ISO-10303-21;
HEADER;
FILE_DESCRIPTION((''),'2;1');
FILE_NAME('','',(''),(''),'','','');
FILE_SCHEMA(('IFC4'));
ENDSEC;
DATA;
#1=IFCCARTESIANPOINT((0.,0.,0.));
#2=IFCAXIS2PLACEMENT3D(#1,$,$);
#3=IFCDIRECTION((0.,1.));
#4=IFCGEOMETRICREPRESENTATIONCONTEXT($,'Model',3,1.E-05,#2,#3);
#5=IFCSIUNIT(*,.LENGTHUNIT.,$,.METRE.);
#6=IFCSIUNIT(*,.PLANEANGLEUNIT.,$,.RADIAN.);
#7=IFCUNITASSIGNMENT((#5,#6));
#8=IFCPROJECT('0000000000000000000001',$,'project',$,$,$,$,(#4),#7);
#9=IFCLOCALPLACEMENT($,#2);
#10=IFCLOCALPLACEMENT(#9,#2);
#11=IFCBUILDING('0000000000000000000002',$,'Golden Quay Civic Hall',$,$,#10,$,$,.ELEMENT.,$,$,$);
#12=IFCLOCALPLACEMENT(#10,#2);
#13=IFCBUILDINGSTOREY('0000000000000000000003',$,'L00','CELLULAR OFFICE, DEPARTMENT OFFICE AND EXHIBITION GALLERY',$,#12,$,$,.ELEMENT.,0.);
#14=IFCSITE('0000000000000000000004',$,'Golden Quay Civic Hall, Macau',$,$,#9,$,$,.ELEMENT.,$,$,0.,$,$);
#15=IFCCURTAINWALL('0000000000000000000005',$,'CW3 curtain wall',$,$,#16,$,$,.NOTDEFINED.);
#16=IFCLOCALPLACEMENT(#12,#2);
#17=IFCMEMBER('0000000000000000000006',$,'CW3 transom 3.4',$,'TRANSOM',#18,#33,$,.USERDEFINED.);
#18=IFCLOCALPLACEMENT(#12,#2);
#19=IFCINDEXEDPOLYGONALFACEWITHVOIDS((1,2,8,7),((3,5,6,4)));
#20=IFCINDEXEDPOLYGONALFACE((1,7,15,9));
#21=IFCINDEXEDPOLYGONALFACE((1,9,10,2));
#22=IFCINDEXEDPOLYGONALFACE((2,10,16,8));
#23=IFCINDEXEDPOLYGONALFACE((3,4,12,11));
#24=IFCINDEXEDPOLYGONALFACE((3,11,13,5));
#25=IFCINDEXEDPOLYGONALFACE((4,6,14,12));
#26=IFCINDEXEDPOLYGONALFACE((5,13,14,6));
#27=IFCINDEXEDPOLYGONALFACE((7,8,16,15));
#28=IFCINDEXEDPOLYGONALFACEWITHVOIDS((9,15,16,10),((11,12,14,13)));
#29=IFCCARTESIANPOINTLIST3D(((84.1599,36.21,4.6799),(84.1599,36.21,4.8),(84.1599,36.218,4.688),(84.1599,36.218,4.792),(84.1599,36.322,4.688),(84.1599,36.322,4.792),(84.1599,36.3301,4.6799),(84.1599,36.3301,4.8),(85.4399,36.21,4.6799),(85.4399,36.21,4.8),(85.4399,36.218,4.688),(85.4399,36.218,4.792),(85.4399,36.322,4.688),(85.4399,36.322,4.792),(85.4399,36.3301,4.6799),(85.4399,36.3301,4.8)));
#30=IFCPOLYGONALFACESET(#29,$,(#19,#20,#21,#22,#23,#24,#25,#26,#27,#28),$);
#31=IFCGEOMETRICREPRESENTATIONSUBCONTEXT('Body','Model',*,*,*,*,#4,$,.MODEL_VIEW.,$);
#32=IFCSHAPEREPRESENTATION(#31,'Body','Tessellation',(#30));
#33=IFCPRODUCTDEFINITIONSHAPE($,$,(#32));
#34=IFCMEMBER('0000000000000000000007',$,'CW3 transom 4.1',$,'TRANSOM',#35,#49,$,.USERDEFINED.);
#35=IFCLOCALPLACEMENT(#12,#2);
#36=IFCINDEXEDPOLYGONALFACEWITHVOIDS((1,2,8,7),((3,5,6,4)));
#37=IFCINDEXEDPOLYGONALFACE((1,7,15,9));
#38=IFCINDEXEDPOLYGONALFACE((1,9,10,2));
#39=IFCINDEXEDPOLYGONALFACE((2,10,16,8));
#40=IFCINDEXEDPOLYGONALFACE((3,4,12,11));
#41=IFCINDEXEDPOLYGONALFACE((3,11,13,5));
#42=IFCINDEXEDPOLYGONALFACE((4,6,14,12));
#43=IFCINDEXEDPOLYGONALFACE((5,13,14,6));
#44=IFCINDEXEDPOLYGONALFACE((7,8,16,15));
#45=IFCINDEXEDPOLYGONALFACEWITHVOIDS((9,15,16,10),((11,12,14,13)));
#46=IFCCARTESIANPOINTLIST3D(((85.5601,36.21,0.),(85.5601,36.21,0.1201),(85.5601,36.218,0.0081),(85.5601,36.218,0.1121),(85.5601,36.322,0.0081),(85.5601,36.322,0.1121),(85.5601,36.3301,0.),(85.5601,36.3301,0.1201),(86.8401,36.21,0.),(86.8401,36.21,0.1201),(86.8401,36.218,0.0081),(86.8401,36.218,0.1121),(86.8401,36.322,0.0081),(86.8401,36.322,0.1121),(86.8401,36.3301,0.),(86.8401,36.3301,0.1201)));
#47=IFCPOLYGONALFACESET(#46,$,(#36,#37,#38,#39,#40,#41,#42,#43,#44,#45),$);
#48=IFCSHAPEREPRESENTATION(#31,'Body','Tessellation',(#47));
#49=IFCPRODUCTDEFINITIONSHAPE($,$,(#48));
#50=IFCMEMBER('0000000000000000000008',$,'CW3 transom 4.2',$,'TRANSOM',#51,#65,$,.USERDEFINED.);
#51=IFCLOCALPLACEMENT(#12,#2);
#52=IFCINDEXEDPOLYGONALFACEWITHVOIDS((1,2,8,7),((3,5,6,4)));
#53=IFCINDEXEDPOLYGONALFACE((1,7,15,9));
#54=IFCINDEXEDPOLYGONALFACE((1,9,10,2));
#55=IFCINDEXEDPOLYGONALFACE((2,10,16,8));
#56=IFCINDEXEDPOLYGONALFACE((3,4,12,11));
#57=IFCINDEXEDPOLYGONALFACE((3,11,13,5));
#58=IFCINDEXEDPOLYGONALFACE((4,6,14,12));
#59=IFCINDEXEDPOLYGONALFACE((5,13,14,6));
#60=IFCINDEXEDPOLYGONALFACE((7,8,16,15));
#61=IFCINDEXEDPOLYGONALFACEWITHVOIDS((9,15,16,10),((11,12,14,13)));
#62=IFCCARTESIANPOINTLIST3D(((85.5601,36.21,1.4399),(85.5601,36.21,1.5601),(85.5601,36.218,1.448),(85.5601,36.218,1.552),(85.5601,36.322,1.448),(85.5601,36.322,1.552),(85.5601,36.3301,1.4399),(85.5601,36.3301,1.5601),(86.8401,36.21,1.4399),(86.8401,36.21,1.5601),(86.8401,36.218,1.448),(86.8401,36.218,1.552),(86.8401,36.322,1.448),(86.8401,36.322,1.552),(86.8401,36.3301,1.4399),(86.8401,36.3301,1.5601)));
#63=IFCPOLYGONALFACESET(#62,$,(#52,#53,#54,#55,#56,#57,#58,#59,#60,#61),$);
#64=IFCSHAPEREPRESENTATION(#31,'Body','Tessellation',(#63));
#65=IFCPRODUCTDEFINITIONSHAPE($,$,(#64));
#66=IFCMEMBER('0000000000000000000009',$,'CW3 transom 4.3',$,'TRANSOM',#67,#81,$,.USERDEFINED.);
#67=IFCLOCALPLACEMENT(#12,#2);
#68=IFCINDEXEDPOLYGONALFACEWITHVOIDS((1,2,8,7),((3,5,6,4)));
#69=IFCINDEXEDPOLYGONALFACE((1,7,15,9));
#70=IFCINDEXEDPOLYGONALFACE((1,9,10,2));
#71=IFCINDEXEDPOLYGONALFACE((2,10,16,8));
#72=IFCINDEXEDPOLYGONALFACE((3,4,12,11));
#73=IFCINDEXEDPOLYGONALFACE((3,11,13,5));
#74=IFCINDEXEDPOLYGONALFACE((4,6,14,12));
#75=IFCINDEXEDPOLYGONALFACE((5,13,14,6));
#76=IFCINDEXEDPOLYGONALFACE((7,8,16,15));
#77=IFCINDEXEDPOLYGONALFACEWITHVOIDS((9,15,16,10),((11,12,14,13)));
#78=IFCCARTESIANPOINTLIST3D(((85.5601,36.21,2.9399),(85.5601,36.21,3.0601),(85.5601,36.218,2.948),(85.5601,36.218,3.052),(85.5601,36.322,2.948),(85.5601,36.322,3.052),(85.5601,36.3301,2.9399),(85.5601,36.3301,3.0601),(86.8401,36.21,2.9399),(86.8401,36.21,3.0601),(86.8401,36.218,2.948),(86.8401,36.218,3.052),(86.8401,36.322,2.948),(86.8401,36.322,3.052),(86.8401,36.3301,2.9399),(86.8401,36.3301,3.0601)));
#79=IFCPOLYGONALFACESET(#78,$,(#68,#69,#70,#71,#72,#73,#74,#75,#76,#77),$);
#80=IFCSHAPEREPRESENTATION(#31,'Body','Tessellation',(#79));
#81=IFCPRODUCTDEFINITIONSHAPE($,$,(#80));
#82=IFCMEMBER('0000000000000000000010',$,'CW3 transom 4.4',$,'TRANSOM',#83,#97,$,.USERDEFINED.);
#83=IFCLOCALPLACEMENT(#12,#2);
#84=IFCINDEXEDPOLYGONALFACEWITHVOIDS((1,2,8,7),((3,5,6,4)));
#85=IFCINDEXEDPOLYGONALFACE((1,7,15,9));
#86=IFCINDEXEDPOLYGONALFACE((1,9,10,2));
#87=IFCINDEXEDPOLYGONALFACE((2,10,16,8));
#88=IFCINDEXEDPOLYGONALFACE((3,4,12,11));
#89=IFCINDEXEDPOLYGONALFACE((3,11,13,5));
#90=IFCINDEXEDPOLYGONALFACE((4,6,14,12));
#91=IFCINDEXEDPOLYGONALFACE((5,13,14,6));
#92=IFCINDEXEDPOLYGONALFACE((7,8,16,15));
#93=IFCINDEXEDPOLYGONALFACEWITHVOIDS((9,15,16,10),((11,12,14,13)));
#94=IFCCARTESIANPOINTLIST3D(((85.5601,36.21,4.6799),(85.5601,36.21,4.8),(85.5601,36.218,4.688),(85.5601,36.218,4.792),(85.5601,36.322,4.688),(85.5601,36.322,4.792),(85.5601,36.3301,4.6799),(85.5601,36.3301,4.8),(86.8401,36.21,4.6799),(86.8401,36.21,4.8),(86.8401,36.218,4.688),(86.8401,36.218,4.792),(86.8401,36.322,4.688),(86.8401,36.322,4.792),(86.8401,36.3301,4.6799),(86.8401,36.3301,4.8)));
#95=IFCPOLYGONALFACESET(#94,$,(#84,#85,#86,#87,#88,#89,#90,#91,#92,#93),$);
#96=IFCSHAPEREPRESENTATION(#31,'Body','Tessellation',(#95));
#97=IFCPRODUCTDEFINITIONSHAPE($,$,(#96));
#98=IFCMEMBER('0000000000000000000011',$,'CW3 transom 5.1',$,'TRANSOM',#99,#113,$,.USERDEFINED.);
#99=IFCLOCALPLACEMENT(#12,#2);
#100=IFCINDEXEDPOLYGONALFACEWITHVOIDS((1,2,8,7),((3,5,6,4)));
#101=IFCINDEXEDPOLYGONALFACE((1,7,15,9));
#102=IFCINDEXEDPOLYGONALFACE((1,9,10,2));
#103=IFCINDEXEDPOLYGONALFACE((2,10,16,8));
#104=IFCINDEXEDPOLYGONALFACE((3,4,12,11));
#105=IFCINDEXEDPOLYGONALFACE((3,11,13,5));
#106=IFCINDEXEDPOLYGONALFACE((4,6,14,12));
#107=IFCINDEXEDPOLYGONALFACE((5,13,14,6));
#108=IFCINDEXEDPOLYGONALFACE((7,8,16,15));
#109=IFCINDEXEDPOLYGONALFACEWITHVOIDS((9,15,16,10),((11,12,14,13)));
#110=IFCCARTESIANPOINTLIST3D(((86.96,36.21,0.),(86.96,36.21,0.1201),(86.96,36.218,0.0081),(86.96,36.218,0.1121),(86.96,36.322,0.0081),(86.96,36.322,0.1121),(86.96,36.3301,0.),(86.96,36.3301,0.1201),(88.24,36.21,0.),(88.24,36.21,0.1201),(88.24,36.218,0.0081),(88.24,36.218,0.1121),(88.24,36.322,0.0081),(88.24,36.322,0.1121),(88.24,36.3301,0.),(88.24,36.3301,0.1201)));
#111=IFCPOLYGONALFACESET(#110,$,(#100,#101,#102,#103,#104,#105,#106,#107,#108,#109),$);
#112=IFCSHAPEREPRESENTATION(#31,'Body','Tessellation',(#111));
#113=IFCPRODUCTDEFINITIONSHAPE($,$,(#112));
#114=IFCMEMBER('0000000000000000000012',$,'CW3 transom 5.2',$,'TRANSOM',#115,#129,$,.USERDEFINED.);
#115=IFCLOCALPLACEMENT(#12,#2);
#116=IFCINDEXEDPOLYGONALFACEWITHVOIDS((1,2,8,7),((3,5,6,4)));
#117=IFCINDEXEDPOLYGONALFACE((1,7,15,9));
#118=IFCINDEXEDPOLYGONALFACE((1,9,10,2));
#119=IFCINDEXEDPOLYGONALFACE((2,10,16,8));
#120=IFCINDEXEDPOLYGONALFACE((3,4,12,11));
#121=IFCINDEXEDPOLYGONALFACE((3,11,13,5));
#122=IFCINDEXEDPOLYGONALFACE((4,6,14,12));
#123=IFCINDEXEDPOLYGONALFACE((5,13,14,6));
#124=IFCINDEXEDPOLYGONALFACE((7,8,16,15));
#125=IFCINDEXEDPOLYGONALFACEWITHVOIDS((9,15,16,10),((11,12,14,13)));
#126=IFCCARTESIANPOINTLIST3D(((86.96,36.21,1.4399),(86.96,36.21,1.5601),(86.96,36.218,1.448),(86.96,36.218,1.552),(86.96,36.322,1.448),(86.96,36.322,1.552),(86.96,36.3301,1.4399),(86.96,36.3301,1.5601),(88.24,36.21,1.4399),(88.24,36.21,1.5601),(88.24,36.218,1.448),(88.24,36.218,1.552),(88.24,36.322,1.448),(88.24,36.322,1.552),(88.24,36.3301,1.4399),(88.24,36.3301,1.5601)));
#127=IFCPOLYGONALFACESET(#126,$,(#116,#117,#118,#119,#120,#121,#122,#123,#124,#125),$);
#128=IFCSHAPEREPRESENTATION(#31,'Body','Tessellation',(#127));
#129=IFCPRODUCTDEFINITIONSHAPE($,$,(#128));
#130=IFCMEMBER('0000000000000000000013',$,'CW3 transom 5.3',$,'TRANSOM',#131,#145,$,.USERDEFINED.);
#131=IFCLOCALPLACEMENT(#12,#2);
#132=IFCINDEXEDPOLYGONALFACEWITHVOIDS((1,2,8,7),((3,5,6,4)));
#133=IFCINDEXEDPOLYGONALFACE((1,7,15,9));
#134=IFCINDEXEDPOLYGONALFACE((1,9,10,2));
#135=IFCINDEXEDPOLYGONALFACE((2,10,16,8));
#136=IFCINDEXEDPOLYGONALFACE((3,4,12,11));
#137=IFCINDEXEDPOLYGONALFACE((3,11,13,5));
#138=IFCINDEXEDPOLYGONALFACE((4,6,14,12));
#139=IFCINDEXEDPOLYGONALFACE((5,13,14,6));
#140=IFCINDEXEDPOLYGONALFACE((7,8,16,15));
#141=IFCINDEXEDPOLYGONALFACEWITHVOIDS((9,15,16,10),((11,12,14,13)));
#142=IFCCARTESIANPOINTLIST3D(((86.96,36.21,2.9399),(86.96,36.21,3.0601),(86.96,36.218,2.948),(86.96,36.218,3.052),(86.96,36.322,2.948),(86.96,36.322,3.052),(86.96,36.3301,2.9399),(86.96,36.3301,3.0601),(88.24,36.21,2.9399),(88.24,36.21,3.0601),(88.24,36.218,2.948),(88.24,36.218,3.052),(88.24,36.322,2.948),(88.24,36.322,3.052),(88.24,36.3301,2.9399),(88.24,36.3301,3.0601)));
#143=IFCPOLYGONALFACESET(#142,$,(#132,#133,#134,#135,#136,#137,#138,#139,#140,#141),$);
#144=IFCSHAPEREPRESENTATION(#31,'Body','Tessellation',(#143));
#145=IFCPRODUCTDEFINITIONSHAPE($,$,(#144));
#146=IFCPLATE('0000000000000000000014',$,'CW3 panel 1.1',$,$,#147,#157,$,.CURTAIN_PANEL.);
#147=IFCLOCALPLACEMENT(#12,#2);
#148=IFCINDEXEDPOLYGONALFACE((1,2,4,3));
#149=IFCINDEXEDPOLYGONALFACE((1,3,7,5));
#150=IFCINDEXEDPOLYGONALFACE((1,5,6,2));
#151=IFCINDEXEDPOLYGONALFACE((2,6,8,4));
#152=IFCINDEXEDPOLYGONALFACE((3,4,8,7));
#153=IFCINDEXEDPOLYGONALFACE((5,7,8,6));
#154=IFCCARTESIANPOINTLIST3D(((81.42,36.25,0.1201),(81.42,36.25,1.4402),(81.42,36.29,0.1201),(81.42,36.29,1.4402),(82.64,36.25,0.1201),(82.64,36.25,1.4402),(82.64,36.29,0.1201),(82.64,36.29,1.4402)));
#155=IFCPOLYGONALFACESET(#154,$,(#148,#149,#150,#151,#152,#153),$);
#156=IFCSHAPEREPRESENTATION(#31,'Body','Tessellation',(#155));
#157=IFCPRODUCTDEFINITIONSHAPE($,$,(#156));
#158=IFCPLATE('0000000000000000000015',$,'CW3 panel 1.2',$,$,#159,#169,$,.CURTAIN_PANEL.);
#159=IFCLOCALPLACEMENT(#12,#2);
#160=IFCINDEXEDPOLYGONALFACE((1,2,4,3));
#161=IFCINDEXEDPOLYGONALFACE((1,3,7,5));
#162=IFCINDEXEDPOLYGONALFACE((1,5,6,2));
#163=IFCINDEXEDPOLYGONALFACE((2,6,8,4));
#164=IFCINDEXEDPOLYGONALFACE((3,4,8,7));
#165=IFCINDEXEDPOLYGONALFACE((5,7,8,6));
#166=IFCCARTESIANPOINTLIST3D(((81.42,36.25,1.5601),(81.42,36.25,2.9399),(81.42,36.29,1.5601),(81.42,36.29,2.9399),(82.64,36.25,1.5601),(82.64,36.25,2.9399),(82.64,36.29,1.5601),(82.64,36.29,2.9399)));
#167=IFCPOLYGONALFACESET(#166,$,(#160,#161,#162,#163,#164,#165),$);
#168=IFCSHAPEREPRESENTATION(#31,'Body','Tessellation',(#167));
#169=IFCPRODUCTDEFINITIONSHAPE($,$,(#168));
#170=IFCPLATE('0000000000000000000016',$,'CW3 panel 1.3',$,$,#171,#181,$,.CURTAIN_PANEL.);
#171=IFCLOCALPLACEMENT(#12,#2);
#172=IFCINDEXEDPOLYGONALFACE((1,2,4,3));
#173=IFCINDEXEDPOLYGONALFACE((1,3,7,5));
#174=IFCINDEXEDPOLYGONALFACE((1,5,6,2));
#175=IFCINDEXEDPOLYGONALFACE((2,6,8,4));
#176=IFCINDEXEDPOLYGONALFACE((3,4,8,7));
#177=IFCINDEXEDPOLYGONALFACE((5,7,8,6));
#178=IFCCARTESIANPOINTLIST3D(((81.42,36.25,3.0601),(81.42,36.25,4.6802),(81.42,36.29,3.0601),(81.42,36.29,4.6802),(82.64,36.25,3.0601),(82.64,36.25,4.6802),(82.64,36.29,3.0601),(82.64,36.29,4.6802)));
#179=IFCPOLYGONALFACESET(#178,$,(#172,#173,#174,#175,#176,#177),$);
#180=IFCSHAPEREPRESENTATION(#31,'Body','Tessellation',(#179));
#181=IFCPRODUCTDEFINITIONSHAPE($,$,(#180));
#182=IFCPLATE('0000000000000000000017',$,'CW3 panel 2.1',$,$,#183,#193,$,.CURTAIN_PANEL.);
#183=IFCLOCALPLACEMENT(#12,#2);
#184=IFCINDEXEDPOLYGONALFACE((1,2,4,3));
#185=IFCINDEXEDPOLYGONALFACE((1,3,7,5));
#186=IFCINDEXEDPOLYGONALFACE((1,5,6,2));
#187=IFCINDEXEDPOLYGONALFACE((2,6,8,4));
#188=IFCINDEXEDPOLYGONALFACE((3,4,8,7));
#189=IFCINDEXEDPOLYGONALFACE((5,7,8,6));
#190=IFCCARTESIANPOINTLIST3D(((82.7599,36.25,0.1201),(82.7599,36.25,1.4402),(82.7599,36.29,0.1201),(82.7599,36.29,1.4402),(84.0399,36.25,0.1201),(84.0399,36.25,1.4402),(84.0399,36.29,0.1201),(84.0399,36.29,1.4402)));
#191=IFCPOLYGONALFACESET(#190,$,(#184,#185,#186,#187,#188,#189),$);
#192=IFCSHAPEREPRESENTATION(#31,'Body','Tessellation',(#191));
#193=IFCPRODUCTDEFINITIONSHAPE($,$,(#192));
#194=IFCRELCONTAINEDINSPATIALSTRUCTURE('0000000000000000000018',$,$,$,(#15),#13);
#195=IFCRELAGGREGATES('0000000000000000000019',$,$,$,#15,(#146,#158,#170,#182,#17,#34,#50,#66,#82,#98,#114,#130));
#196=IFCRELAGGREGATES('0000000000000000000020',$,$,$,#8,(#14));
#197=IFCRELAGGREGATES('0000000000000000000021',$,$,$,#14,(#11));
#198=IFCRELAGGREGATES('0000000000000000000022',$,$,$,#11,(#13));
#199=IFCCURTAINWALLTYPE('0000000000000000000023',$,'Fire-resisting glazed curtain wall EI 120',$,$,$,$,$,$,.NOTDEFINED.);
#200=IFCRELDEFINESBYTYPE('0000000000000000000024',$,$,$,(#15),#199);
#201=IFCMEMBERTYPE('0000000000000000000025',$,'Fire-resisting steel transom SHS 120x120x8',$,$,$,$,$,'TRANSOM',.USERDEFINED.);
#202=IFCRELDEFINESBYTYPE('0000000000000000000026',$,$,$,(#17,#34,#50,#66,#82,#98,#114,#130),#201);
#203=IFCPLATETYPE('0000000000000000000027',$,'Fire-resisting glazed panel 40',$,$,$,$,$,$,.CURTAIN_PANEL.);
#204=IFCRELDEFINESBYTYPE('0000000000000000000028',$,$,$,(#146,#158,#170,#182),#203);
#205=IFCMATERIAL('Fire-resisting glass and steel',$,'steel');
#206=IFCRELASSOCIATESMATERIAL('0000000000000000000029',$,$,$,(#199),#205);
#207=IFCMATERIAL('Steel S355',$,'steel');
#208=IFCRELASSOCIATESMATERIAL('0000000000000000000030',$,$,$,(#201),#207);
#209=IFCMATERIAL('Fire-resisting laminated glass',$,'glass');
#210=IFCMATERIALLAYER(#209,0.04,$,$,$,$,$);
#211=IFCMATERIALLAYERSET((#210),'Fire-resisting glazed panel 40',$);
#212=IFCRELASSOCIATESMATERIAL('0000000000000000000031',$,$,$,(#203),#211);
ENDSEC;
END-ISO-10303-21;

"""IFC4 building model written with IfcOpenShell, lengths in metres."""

from ifc_helpers import new_model, si_unit, direction, frame, origin, origin_2d, place, context, subcontext, project, spatial, rectangle, hollow_rectangle, extrude, material, layer, layer_set, material_profile, profile_set, type_object, element, aggregate, save


model = new_model("IFC4")

# Units and contexts
model_context = context("Model", 3, precision=1e-05, world=origin(), true_north=direction((0.0, 1.0)))
body_context = subcontext(model_context, "Body", "Model", "MODEL_VIEW")
ifc_project = project(units=[si_unit("LENGTHUNIT", "METRE"), si_unit("PLANEANGLEUNIT", "RADIAN")], contexts=[model_context])

# Site, building, storey
site_placement = place(None, origin())
site = spatial("IfcSite", under=ifc_project, at=site_placement, Name="Golden Quay Civic Hall, Macau", CompositionType="ELEMENT", RefElevation=0.0)
building_placement = place(site_placement, origin())
building = spatial("IfcBuilding", under=site, at=building_placement, Name="Golden Quay Civic Hall", CompositionType="ELEMENT")
storey_placement = place(building_placement, origin())
storey = spatial("IfcBuildingStorey", under=building, at=storey_placement, Name="L00", Description="CELLULAR OFFICE, DEPARTMENT OFFICE AND EXHIBITION GALLERY", CompositionType="ELEMENT", Elevation=0.0)

# Curtain wall, members, plates
ifc_material_1 = material(Name="Fire-resisting glass and steel", Category="steel")
curtain_wall_type = type_object("IfcCurtainWallType", Name="Fire-resisting glazed curtain wall EI 120", PredefinedType="NOTDEFINED", material=ifc_material_1)
curtain_wall_placement = place(storey_placement, origin())
curtain_wall = element("IfcCurtainWall", 1, at=curtain_wall_placement, inside=storey, type_object=curtain_wall_type, Name="CW3 curtain wall", PredefinedType="NOTDEFINED")
ifc_material_2 = material(Name="Steel S355", Category="steel")
ifc_material_profile_1 = material_profile(ifc_material_2, hollow_rectangle(XDim=0.1201, YDim=0.1201, WallThickness=0.0081, at=origin_2d()), Name="SHS 120x120x8")
ifc_profile_set_1 = profile_set([ifc_material_profile_1], Name="Steel S355")
member_type_1 = type_object("IfcMemberType", Name="Fire-resisting steel transom SHS 120x120x8", ElementType="TRANSOM", PredefinedType="USERDEFINED", material=ifc_profile_set_1)
member_1_placement = place(storey_placement, frame((84.1599, 36.27, 4.74), z_axis=(1.0, 0.0, 0.0), x_axis=(0.0, 1.0, 0.0)))
member_1 = element("IfcMember", 2, at=member_1_placement, type_object=member_type_1, Name="CW3 transom 3.4", ObjectType="TRANSOM", PredefinedType="USERDEFINED", context=body_context, shape_type="SweptSolid", body=[
    extrude(hollow_rectangle(XDim=0.1201, YDim=0.1201, WallThickness=0.0081, at=origin_2d()), origin(), (0.0, 0.0, 1.0), 1.28),
])
member_2_placement = place(storey_placement, frame((85.5601, 36.27, 0.0601), z_axis=(1.0, 0.0, 0.0), x_axis=(0.0, 1.0, 0.0)))
member_2 = element("IfcMember", 3, at=member_2_placement, type_object=member_type_1, Name="CW3 transom 4.1", ObjectType="TRANSOM", PredefinedType="USERDEFINED", context=body_context, shape_type="SweptSolid", body=[
    extrude(hollow_rectangle(XDim=0.1201, YDim=0.1201, WallThickness=0.0081, at=origin_2d()), origin(), (0.0, 0.0, 1.0), 1.28),
])
member_3_placement = place(storey_placement, frame((85.5601, 36.27, 1.5), z_axis=(1.0, 0.0, 0.0), x_axis=(0.0, 1.0, 0.0)))
member_3 = element("IfcMember", 4, at=member_3_placement, type_object=member_type_1, Name="CW3 transom 4.2", ObjectType="TRANSOM", PredefinedType="USERDEFINED", context=body_context, shape_type="SweptSolid", body=[
    extrude(hollow_rectangle(XDim=0.1201, YDim=0.1201, WallThickness=0.0081, at=origin_2d()), origin(), (0.0, 0.0, 1.0), 1.28),
])
member_4_placement = place(storey_placement, frame((85.5601, 36.27, 3.0), z_axis=(1.0, 0.0, 0.0), x_axis=(0.0, 1.0, 0.0)))
member_4 = element("IfcMember", 5, at=member_4_placement, type_object=member_type_1, Name="CW3 transom 4.3", ObjectType="TRANSOM", PredefinedType="USERDEFINED", context=body_context, shape_type="SweptSolid", body=[
    extrude(hollow_rectangle(XDim=0.1201, YDim=0.1201, WallThickness=0.0081, at=origin_2d()), origin(), (0.0, 0.0, 1.0), 1.28),
])
member_5_placement = place(storey_placement, frame((85.5601, 36.27, 4.74), z_axis=(1.0, 0.0, 0.0), x_axis=(0.0, 1.0, 0.0)))
member_5 = element("IfcMember", 6, at=member_5_placement, type_object=member_type_1, Name="CW3 transom 4.4", ObjectType="TRANSOM", PredefinedType="USERDEFINED", context=body_context, shape_type="SweptSolid", body=[
    extrude(hollow_rectangle(XDim=0.1201, YDim=0.1201, WallThickness=0.0081, at=origin_2d()), origin(), (0.0, 0.0, 1.0), 1.28),
])
member_6_placement = place(storey_placement, frame((86.96, 36.27, 0.0601), z_axis=(1.0, 0.0, 0.0), x_axis=(0.0, 1.0, 0.0)))
member_6 = element("IfcMember", 7, at=member_6_placement, type_object=member_type_1, Name="CW3 transom 5.1", ObjectType="TRANSOM", PredefinedType="USERDEFINED", context=body_context, shape_type="SweptSolid", body=[
    extrude(hollow_rectangle(XDim=0.1201, YDim=0.1201, WallThickness=0.0081, at=origin_2d()), origin(), (0.0, 0.0, 1.0), 1.28),
])
member_7_placement = place(storey_placement, frame((86.96, 36.27, 1.5), z_axis=(1.0, 0.0, 0.0), x_axis=(0.0, 1.0, 0.0)))
member_7 = element("IfcMember", 8, at=member_7_placement, type_object=member_type_1, Name="CW3 transom 5.2", ObjectType="TRANSOM", PredefinedType="USERDEFINED", context=body_context, shape_type="SweptSolid", body=[
    extrude(hollow_rectangle(XDim=0.1201, YDim=0.1201, WallThickness=0.0081, at=origin_2d()), origin(), (0.0, 0.0, 1.0), 1.28),
])
member_8_placement = place(storey_placement, frame((86.96, 36.27, 3.0), z_axis=(1.0, 0.0, 0.0), x_axis=(0.0, 1.0, 0.0)))
member_8 = element("IfcMember", 9, at=member_8_placement, type_object=member_type_1, Name="CW3 transom 5.3", ObjectType="TRANSOM", PredefinedType="USERDEFINED", context=body_context, shape_type="SweptSolid", body=[
    extrude(hollow_rectangle(XDim=0.1201, YDim=0.1201, WallThickness=0.0081, at=origin_2d()), origin(), (0.0, 0.0, 1.0), 1.28),
])
ifc_material_3 = material(Name="Fire-resisting laminated glass", Category="glass")
ifc_layer = layer(ifc_material_3, 0.04)
ifc_layer_set = layer_set([ifc_layer], Name="Fire-resisting glazed panel 40")
plate_type = type_object("IfcPlateType", Name="Fire-resisting glazed panel 40", PredefinedType="CURTAIN_PANEL", material=ifc_layer_set)
plate_1_placement = place(storey_placement, frame((82.03, 36.27, 0.1201), z_axis=(0.0, 0.0, 1.0), x_axis=(1.0, 0.0, 0.0)))
plate_1 = element("IfcPlate", 10, at=plate_1_placement, type_object=plate_type, Name="CW3 panel 1.1", PredefinedType="CURTAIN_PANEL", context=body_context, shape_type="SweptSolid", body=[
    extrude(rectangle(XDim=1.22, YDim=0.04, at=origin_2d()), origin(), (0.0, 0.0, 1.0), 1.3201),
])
plate_2_placement = place(storey_placement, frame((82.03, 36.27, 1.5601), z_axis=(0.0, 0.0, 1.0), x_axis=(1.0, 0.0, 0.0)))
plate_2 = element("IfcPlate", 11, at=plate_2_placement, type_object=plate_type, Name="CW3 panel 1.2", PredefinedType="CURTAIN_PANEL", context=body_context, shape_type="SweptSolid", body=[
    extrude(rectangle(XDim=1.22, YDim=0.04, at=origin_2d()), origin(), (0.0, 0.0, 1.0), 1.3799),
])
plate_3_placement = place(storey_placement, frame((82.03, 36.27, 3.0601), z_axis=(0.0, 0.0, 1.0), x_axis=(1.0, 0.0, 0.0)))
plate_3 = element("IfcPlate", 12, at=plate_3_placement, type_object=plate_type, Name="CW3 panel 1.3", PredefinedType="CURTAIN_PANEL", context=body_context, shape_type="SweptSolid", body=[
    extrude(rectangle(XDim=1.22, YDim=0.04, at=origin_2d()), origin(), (0.0, 0.0, 1.0), 1.6201),
])
plate_4_placement = place(storey_placement, frame((83.3999, 36.27, 0.1201), z_axis=(0.0, 0.0, 1.0), x_axis=(1.0, 0.0, 0.0)))
plate_4 = element("IfcPlate", 13, at=plate_4_placement, type_object=plate_type, Name="CW3 panel 2.1", PredefinedType="CURTAIN_PANEL", context=body_context, shape_type="SweptSolid", body=[
    extrude(rectangle(XDim=1.28, YDim=0.04, at=origin_2d()), origin(), (0.0, 0.0, 1.0), 1.3201),
])
aggregate(curtain_wall, [plate_1, plate_2, plate_3, plate_4, member_1, member_2, member_3, member_4, member_5, member_6, member_7, member_8])

save(model, "model.ifc")
